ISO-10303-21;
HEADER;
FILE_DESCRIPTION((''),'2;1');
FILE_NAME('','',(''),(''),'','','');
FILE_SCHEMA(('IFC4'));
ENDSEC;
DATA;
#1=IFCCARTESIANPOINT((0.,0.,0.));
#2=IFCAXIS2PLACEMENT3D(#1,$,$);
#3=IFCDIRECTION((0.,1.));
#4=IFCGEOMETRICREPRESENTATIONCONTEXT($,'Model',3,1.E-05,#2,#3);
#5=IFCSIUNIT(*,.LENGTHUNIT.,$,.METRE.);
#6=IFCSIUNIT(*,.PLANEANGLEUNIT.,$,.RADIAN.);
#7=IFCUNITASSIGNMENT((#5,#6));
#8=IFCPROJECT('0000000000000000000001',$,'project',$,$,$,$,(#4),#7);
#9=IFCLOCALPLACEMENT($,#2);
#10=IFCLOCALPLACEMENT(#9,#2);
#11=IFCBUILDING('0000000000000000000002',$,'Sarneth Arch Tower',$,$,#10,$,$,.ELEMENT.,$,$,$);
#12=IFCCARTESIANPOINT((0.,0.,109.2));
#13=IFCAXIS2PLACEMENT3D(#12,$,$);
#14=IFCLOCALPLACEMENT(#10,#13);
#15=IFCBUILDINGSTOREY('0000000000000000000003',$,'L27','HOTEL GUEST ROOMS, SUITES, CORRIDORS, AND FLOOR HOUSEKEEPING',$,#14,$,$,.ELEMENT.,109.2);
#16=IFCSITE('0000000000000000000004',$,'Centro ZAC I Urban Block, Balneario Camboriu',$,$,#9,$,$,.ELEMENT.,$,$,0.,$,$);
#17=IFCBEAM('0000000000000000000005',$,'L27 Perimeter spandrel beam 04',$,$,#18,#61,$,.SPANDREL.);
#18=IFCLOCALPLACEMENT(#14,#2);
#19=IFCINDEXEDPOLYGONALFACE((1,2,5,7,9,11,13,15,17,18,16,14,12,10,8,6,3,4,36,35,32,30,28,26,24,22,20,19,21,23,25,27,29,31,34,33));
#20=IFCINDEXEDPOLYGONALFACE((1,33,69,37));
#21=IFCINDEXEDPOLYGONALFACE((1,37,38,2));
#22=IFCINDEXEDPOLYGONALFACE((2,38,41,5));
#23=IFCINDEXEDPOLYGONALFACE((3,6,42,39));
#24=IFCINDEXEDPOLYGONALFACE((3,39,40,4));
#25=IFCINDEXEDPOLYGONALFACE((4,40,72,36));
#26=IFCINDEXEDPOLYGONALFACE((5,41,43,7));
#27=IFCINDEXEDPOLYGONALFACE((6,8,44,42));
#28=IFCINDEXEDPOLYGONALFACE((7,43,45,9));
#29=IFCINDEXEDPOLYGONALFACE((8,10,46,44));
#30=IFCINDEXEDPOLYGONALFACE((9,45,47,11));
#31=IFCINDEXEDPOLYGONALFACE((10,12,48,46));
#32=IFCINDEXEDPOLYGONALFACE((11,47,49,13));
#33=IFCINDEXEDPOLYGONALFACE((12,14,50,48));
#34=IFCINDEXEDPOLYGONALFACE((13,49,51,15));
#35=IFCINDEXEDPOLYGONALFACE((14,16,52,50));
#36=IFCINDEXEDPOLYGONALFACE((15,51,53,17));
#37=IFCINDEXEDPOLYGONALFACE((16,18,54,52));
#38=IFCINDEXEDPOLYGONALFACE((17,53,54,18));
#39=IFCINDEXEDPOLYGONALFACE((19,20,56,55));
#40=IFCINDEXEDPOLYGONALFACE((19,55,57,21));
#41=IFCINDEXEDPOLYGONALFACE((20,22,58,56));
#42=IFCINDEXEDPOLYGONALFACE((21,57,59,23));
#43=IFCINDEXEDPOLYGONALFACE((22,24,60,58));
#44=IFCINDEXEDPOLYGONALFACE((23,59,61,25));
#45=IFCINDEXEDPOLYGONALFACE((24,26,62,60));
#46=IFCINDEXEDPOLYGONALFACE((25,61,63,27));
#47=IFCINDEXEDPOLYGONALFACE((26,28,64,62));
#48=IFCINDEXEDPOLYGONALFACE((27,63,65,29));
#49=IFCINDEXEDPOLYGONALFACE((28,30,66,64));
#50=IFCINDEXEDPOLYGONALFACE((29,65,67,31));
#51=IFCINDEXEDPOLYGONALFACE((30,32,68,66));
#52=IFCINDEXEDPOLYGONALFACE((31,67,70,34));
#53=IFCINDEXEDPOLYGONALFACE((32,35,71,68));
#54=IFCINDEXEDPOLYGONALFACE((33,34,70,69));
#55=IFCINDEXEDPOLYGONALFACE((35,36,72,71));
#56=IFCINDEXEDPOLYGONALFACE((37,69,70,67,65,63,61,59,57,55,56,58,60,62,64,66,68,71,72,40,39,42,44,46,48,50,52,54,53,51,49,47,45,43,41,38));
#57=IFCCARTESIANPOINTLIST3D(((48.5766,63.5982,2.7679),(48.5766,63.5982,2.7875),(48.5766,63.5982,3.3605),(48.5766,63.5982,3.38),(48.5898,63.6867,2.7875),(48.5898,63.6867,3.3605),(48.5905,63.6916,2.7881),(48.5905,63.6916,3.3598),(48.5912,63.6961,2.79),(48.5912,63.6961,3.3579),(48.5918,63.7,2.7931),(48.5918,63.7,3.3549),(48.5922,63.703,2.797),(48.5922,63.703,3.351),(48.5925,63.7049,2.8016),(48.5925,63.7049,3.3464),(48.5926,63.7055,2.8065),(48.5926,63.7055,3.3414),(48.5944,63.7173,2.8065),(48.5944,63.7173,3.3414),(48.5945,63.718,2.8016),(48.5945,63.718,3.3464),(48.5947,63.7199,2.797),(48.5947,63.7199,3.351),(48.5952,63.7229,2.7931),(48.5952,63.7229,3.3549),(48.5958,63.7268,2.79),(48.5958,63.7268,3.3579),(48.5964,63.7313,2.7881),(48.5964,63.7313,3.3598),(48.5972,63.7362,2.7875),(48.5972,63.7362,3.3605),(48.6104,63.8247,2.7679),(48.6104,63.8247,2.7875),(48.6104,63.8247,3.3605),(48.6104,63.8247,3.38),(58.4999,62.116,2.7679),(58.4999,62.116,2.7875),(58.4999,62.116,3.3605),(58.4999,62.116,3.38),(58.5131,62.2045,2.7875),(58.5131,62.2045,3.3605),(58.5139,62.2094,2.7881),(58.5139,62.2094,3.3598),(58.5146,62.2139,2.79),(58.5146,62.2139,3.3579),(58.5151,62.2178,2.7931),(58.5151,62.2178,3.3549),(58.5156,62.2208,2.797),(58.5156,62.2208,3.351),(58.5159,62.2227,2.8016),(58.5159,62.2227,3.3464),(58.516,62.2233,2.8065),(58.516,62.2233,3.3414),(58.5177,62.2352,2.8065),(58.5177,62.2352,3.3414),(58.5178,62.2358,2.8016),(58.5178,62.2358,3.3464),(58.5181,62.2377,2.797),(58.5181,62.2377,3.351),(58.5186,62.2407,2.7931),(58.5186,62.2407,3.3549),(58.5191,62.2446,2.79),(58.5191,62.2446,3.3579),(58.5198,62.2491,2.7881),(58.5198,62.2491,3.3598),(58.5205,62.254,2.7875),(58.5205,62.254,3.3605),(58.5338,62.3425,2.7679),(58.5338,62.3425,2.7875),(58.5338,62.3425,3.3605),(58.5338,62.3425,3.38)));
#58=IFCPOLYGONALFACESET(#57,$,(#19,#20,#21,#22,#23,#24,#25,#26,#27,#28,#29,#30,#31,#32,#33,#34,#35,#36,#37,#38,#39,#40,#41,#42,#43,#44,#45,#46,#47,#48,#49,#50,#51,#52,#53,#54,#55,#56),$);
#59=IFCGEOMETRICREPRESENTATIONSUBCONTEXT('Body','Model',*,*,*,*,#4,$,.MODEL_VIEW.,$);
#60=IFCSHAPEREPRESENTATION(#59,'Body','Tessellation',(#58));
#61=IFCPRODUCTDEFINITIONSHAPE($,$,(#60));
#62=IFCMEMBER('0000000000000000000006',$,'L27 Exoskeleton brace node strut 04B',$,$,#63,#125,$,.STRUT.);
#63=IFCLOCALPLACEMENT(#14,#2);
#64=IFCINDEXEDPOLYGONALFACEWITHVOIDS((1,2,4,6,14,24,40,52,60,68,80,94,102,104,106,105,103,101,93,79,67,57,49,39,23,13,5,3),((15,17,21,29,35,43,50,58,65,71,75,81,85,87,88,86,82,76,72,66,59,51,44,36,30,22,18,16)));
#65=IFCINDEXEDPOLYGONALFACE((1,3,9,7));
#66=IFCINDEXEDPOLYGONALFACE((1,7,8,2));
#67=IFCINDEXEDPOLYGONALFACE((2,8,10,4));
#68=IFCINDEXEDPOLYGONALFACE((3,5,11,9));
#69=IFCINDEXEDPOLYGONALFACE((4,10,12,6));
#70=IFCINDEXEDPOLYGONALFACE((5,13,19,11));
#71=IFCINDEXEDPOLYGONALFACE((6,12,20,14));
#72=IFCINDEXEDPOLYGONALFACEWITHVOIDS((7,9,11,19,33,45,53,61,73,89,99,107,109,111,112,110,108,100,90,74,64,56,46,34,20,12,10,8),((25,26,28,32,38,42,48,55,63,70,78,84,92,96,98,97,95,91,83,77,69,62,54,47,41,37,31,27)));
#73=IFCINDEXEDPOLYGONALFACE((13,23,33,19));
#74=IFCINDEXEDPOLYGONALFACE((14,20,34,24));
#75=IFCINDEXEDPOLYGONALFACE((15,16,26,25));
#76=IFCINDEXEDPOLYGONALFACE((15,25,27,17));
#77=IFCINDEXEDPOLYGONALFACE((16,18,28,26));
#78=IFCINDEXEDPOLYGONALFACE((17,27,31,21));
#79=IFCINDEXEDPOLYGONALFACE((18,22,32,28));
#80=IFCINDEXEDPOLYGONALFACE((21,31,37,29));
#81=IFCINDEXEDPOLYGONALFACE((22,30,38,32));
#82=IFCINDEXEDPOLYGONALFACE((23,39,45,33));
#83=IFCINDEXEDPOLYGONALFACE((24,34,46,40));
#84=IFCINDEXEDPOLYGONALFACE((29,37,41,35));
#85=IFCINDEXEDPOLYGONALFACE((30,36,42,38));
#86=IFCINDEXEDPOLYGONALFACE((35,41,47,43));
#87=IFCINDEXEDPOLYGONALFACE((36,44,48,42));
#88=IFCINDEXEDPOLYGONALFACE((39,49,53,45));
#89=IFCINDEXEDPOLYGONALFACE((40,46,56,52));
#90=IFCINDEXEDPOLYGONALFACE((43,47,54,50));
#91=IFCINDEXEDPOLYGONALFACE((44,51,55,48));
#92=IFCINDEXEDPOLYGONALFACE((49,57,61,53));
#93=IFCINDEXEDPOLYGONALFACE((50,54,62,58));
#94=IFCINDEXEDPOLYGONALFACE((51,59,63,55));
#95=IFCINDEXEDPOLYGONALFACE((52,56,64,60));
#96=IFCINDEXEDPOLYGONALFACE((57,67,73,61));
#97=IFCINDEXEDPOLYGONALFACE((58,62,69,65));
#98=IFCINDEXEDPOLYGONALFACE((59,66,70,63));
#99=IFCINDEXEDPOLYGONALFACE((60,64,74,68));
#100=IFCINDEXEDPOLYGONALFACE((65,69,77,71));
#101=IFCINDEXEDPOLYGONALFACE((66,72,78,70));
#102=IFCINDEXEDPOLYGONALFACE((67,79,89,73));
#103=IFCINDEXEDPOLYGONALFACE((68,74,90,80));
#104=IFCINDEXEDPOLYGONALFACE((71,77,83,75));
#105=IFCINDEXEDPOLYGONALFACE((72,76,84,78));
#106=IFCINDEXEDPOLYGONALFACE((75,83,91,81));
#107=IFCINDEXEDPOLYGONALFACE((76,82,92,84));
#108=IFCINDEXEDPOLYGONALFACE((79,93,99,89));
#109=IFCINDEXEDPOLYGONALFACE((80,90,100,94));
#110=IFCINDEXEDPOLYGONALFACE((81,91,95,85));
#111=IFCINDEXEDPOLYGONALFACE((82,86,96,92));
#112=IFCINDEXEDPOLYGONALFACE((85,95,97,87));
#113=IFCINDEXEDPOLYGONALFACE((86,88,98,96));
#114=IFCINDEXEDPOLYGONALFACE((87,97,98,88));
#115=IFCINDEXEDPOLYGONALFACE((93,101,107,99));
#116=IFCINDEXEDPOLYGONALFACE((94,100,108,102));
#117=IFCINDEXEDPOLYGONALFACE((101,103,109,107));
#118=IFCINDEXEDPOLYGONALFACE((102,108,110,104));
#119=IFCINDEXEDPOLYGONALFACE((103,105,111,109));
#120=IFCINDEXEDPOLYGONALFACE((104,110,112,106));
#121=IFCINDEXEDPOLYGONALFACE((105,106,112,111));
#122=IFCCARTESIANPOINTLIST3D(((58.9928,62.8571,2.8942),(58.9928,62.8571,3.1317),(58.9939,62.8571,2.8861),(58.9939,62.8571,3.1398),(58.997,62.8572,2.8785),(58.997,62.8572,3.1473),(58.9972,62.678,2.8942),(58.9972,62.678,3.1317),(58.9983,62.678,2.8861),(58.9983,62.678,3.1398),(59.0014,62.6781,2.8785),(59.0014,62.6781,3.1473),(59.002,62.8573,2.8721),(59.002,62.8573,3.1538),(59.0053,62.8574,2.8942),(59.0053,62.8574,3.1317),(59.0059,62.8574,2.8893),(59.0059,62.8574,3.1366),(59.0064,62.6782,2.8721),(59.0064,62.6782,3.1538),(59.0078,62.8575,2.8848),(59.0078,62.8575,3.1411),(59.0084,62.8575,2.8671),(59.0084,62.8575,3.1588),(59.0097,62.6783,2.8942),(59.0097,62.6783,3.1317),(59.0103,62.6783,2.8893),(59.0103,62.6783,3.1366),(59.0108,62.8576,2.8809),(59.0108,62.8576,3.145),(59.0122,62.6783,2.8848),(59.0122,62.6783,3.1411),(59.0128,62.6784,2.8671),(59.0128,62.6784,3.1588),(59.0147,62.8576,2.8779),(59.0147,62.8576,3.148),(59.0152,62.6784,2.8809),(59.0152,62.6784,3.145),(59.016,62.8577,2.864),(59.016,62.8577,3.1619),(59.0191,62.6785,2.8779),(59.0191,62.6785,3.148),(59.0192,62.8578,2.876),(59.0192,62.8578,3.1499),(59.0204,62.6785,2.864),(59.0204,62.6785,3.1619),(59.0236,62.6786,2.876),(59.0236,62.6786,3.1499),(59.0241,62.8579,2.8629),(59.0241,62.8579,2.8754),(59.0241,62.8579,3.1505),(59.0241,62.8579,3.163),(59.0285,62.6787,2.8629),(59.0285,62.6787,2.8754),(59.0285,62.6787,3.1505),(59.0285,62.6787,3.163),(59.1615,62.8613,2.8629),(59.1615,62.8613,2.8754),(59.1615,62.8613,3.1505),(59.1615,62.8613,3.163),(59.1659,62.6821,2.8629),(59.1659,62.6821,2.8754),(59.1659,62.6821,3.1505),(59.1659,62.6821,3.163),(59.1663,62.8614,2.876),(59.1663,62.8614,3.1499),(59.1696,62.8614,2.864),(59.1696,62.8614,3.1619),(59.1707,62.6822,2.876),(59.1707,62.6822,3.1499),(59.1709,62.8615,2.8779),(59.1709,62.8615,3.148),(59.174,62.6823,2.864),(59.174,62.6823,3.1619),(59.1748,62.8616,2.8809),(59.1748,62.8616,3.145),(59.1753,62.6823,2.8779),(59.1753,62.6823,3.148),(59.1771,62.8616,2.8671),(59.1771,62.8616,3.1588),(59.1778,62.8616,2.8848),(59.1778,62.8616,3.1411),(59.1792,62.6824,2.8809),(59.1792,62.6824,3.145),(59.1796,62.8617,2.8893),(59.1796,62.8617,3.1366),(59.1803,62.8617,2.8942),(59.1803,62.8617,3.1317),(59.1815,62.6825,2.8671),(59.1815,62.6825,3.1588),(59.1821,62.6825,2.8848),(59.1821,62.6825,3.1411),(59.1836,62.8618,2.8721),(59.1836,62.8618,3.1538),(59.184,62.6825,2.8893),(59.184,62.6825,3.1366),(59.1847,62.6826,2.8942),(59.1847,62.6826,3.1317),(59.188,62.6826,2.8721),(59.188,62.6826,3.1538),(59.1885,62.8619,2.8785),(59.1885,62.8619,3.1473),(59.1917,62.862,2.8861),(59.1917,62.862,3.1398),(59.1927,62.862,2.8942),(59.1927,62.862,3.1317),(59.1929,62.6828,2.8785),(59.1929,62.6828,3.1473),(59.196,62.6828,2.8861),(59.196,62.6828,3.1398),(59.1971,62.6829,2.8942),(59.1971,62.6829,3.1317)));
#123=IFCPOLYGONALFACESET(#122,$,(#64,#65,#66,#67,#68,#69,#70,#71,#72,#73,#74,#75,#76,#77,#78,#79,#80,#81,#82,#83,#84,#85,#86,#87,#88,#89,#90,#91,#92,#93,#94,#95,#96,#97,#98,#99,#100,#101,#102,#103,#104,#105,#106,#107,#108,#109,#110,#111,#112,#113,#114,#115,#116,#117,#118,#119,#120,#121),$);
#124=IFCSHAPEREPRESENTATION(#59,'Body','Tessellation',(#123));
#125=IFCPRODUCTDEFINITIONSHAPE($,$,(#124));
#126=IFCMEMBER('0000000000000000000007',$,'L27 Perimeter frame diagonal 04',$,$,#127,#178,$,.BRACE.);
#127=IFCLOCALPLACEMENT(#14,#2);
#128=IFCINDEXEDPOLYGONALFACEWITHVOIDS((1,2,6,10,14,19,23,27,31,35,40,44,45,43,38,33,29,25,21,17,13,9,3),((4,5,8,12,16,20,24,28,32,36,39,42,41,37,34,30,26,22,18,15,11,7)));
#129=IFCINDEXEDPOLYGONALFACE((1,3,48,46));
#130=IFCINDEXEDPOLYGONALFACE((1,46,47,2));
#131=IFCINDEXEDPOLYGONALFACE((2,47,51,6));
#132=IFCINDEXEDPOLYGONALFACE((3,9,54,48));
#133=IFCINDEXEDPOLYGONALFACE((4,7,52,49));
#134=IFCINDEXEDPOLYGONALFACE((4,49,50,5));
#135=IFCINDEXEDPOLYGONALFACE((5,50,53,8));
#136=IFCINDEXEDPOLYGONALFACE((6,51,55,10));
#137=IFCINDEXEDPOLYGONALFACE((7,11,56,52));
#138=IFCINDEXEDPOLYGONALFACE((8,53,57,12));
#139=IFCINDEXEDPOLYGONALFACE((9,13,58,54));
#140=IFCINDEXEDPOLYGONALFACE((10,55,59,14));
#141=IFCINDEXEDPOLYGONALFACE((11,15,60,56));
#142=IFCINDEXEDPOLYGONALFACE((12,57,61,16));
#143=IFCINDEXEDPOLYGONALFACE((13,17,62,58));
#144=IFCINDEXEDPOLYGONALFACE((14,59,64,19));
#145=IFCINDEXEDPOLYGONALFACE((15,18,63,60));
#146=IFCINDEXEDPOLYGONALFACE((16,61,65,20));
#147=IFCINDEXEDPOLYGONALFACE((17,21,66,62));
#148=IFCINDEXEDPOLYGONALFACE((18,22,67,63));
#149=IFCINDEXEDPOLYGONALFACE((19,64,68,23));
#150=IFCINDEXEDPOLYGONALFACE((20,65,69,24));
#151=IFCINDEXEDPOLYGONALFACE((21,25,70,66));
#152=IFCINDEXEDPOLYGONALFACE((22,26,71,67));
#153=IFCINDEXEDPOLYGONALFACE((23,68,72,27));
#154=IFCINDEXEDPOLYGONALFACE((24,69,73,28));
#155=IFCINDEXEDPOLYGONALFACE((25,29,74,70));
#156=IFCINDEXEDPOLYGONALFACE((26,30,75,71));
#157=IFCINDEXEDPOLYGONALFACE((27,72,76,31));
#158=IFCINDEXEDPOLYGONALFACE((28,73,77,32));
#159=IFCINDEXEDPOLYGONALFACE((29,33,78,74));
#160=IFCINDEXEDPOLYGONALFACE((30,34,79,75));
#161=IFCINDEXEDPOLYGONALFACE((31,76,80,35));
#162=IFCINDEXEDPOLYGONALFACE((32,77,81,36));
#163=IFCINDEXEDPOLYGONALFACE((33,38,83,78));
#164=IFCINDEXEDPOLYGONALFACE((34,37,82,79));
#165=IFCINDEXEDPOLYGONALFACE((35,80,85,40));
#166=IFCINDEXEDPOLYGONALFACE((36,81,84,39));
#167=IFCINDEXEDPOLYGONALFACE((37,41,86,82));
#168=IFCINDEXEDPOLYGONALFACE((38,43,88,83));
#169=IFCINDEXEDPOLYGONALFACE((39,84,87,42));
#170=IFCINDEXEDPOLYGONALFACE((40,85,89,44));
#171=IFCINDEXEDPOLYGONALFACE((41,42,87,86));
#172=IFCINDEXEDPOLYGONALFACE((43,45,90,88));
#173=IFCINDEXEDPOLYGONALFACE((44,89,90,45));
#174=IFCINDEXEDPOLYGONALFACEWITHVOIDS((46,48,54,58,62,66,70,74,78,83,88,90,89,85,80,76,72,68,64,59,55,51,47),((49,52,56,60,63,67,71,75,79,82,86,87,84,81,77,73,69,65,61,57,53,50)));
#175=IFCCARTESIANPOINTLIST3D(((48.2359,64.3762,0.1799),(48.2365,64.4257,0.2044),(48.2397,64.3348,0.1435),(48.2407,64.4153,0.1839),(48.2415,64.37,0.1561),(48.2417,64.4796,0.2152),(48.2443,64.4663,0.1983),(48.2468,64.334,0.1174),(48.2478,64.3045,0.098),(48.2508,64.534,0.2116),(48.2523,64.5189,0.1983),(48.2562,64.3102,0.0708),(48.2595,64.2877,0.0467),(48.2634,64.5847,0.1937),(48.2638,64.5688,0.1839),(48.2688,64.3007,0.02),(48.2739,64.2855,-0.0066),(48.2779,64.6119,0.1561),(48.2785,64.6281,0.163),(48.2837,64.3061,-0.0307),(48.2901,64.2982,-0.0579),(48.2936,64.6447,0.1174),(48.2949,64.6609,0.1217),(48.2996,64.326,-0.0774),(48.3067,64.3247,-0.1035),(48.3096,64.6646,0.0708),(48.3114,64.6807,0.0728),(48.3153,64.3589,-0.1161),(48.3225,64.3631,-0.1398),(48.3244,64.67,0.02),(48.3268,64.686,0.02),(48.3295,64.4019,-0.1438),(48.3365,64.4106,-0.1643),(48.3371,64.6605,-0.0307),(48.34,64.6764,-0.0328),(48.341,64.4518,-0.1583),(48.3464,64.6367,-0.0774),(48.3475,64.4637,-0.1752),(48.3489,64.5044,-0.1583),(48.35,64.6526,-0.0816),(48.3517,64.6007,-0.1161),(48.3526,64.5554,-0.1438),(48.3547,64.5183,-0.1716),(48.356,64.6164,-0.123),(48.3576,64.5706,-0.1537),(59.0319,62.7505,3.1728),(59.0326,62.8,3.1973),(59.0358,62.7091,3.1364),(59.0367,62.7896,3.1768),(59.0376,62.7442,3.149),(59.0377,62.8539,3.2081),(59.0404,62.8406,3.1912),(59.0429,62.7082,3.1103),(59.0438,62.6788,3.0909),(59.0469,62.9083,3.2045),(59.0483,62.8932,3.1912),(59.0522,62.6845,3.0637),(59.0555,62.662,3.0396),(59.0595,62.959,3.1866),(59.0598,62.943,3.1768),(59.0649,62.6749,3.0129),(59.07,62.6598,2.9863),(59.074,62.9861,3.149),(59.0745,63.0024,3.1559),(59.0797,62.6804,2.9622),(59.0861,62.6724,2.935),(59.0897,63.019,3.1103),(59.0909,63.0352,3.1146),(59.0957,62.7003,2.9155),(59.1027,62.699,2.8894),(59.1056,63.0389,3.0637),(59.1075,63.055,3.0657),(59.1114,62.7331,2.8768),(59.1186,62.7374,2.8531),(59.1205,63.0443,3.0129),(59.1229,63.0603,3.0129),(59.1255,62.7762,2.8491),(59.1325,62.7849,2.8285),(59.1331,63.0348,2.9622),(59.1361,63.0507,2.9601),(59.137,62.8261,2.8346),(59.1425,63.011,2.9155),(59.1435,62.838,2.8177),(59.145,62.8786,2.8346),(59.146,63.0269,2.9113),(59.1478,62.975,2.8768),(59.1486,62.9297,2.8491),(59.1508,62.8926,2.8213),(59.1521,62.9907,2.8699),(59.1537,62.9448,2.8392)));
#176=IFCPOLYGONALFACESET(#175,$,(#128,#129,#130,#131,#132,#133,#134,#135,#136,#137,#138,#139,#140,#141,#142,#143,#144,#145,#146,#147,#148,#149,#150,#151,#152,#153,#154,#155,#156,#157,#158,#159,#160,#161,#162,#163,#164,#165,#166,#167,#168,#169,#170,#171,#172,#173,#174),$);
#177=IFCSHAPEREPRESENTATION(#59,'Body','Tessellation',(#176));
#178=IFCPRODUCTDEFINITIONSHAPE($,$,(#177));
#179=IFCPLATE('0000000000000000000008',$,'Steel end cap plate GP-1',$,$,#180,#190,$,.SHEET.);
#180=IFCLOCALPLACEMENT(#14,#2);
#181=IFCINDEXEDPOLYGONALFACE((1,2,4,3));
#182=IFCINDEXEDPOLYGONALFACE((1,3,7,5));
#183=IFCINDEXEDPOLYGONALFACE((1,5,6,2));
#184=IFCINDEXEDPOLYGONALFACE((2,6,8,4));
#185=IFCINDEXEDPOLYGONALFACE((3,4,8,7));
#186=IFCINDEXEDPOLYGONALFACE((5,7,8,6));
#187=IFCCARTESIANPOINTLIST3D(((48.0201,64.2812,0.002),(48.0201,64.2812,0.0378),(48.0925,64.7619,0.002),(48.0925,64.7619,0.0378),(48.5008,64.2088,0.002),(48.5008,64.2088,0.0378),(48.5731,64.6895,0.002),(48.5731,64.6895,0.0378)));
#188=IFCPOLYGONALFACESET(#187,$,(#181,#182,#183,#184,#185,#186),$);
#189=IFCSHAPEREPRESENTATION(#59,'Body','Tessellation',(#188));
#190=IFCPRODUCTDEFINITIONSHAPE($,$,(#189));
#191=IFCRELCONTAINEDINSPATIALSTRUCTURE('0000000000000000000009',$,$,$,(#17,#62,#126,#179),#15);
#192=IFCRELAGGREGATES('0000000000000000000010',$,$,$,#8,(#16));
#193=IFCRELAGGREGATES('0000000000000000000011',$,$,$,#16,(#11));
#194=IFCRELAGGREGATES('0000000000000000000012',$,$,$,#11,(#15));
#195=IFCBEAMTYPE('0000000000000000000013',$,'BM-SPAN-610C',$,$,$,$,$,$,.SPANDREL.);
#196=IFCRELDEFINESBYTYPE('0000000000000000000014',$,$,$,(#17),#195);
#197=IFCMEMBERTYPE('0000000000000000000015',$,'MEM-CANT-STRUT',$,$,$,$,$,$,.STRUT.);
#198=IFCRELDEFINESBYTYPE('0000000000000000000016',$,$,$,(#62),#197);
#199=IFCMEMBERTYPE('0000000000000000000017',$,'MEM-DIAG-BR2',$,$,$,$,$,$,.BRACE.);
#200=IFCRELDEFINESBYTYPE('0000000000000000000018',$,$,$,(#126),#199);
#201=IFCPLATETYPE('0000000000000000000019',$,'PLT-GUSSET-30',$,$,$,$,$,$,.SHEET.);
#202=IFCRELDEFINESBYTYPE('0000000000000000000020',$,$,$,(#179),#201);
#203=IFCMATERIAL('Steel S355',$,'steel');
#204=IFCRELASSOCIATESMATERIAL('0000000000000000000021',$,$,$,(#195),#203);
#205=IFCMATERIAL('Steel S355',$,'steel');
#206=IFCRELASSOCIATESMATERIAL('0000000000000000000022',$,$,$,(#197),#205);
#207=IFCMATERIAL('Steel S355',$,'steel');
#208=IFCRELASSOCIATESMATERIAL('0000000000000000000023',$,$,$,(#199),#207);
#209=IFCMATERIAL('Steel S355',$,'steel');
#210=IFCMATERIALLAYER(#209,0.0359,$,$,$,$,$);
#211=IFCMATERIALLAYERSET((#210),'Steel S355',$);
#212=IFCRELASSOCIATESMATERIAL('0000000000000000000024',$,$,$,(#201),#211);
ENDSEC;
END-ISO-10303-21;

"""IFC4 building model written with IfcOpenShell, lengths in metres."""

from ifc_helpers import new_model, si_unit, direction, frame, origin, origin_2d, place, context, subcontext, project, spatial, rectangle, hollow_rectangle, hollow_circle, i_section, extrude, material, layer, layer_set, material_profile, profile_set, type_object, element, save


model = new_model("IFC4")

# Units and contexts
model_context = context("Model", 3, precision=1e-05, world=origin(), true_north=direction((0.0, 1.0)))
body_context = subcontext(model_context, "Body", "Model", "MODEL_VIEW")
ifc_project = project(units=[si_unit("LENGTHUNIT", "METRE"), si_unit("PLANEANGLEUNIT", "RADIAN")], contexts=[model_context])

# Site, building, storey
site_placement = place(None, origin())
site = spatial("IfcSite", under=ifc_project, at=site_placement, Name="Centro ZAC I Urban Block, Balneario Camboriu", CompositionType="ELEMENT", RefElevation=0.0)
building_placement = place(site_placement, origin())
building = spatial("IfcBuilding", under=site, at=building_placement, Name="Sarneth Arch Tower", CompositionType="ELEMENT")
storey_placement = place(building_placement, frame((0.0, 0.0, 109.2)))
storey = spatial("IfcBuildingStorey", under=building, at=storey_placement, Name="L27", Description="HOTEL GUEST ROOMS, SUITES, CORRIDORS, AND FLOOR HOUSEKEEPING", CompositionType="ELEMENT", Elevation=109.2)

# Beam
ifc_material_1 = material(Name="Steel S355", Category="steel")
ifc_material_profile_1 = material_profile(ifc_material_1, i_section(OverallWidth=0.229, OverallDepth=0.6121, WebThickness=0.012, FlangeThickness=0.0195, FilletRadius=0.019, at=origin_2d()), Name="W610x125")
ifc_profile_set_1 = profile_set([ifc_material_profile_1], Name="Steel S355")
beam_type_1 = type_object("IfcBeamType", Name="BM-SPAN-610C", PredefinedType="SPANDREL", material=ifc_profile_set_1)
beam_1_placement = place(storey_placement, frame((58.5168, 62.2292, 3.074), z_axis=(-0.989029, 0.147724, 0.0), x_axis=(-0.147724, -0.989029, 0.0)))
element("IfcBeam", 1, at=beam_1_placement, inside=storey, type_object=beam_type_1, Name="L27 Perimeter spandrel beam 04", PredefinedType="SPANDREL", context=body_context, shape_type="SweptSolid", body=[
    extrude(i_section(OverallWidth=0.229, OverallDepth=0.6121, WebThickness=0.012, FlangeThickness=0.0195, FilletRadius=0.019, at=origin_2d()), origin(), (0.0, 0.0, 1.0), 10.0334),
])

# Members
ifc_material_2 = material(Name="Steel S355", Category="steel")
ifc_material_profile_2 = material_profile(ifc_material_2, hollow_rectangle(XDim=0.2, YDim=0.3, WallThickness=0.0125, InnerFilletRadius=0.0188, OuterFilletRadius=0.0312, at=origin_2d()), Name="RHS300x200x12.5")
ifc_profile_set_2 = profile_set([ifc_material_profile_2], Name="Steel S355")
member_type_1 = type_object("IfcMemberType", Name="MEM-CANT-STRUT", PredefinedType="STRUT", material=ifc_profile_set_2)
member_1_placement = place(storey_placement, frame((59.0972, 62.6804, 3.0129), z_axis=(-0.024516, 0.999699, 0.0), x_axis=(-0.999699, -0.024516, 0.0)))
element("IfcMember", 2, at=member_1_placement, inside=storey, type_object=member_type_1, Name="L27 Exoskeleton brace node strut 04B", PredefinedType="STRUT", context=body_context, shape_type="SweptSolid", body=[
    extrude(hollow_rectangle(XDim=0.2, YDim=0.3, WallThickness=0.0125, InnerFilletRadius=0.0188, OuterFilletRadius=0.0312, at=origin_2d()), origin(), (0.0, 0.0, 1.0), 0.1792),
])
ifc_material_3 = material(Name="Steel S355", Category="steel")
ifc_material_profile_3 = material_profile(ifc_material_3, hollow_circle(Radius=0.2029, WallThickness=0.0161, at=origin_2d()), Name="CHS406x16")
ifc_profile_set_3 = profile_set([ifc_material_profile_3], Name="Steel S355")
member_type_2 = type_object("IfcMemberType", Name="MEM-DIAG-BR2", PredefinedType="BRACE", material=ifc_profile_set_3)
member_2_placement = place(storey_placement, frame((48.2966, 64.4854, 0.02), z_axis=(0.953668, -0.143608, 0.264377), x_axis=(0.148906, 0.988851, 0.0)))
element("IfcMember", 3, at=member_2_placement, inside=storey, type_object=member_type_2, Name="L27 Perimeter frame diagonal 04", PredefinedType="BRACE", context=body_context, shape_type="SweptSolid", body=[
    extrude(hollow_circle(Radius=0.2029, WallThickness=0.0161, at=origin_2d()), origin(), (0.0, 0.0, 1.0), 11.3206),
])

# Plate
ifc_material_4 = material(Name="Steel S355", Category="steel")
ifc_layer_1 = layer(ifc_material_4, 0.0359)
ifc_layer_set_1 = layer_set([ifc_layer_1], Name="Steel S355")
plate_type = type_object("IfcPlateType", Name="PLT-GUSSET-30", PredefinedType="SHEET", material=ifc_layer_set_1)
for number, where, z_axis, x_axis, name in (
    (4, (48.2966, 64.4854, 0.002), (0.0, 0.0, 1.0), (-0.988861, 0.148845, 0.0), "Steel end cap plate GP-1"),
):
    element("IfcPlate", number, at=place(storey_placement, frame(where, z_axis=z_axis, x_axis=x_axis)), inside=storey, type_object=plate_type, Name=name, PredefinedType="SHEET", context=body_context, shape_type="SweptSolid", body=[
        extrude(rectangle(XDim=0.4861, YDim=0.4861, at=origin_2d()), origin(), (0.0, 0.0, 1.0), 0.0359),
    ])

save(model, "model.ifc")
